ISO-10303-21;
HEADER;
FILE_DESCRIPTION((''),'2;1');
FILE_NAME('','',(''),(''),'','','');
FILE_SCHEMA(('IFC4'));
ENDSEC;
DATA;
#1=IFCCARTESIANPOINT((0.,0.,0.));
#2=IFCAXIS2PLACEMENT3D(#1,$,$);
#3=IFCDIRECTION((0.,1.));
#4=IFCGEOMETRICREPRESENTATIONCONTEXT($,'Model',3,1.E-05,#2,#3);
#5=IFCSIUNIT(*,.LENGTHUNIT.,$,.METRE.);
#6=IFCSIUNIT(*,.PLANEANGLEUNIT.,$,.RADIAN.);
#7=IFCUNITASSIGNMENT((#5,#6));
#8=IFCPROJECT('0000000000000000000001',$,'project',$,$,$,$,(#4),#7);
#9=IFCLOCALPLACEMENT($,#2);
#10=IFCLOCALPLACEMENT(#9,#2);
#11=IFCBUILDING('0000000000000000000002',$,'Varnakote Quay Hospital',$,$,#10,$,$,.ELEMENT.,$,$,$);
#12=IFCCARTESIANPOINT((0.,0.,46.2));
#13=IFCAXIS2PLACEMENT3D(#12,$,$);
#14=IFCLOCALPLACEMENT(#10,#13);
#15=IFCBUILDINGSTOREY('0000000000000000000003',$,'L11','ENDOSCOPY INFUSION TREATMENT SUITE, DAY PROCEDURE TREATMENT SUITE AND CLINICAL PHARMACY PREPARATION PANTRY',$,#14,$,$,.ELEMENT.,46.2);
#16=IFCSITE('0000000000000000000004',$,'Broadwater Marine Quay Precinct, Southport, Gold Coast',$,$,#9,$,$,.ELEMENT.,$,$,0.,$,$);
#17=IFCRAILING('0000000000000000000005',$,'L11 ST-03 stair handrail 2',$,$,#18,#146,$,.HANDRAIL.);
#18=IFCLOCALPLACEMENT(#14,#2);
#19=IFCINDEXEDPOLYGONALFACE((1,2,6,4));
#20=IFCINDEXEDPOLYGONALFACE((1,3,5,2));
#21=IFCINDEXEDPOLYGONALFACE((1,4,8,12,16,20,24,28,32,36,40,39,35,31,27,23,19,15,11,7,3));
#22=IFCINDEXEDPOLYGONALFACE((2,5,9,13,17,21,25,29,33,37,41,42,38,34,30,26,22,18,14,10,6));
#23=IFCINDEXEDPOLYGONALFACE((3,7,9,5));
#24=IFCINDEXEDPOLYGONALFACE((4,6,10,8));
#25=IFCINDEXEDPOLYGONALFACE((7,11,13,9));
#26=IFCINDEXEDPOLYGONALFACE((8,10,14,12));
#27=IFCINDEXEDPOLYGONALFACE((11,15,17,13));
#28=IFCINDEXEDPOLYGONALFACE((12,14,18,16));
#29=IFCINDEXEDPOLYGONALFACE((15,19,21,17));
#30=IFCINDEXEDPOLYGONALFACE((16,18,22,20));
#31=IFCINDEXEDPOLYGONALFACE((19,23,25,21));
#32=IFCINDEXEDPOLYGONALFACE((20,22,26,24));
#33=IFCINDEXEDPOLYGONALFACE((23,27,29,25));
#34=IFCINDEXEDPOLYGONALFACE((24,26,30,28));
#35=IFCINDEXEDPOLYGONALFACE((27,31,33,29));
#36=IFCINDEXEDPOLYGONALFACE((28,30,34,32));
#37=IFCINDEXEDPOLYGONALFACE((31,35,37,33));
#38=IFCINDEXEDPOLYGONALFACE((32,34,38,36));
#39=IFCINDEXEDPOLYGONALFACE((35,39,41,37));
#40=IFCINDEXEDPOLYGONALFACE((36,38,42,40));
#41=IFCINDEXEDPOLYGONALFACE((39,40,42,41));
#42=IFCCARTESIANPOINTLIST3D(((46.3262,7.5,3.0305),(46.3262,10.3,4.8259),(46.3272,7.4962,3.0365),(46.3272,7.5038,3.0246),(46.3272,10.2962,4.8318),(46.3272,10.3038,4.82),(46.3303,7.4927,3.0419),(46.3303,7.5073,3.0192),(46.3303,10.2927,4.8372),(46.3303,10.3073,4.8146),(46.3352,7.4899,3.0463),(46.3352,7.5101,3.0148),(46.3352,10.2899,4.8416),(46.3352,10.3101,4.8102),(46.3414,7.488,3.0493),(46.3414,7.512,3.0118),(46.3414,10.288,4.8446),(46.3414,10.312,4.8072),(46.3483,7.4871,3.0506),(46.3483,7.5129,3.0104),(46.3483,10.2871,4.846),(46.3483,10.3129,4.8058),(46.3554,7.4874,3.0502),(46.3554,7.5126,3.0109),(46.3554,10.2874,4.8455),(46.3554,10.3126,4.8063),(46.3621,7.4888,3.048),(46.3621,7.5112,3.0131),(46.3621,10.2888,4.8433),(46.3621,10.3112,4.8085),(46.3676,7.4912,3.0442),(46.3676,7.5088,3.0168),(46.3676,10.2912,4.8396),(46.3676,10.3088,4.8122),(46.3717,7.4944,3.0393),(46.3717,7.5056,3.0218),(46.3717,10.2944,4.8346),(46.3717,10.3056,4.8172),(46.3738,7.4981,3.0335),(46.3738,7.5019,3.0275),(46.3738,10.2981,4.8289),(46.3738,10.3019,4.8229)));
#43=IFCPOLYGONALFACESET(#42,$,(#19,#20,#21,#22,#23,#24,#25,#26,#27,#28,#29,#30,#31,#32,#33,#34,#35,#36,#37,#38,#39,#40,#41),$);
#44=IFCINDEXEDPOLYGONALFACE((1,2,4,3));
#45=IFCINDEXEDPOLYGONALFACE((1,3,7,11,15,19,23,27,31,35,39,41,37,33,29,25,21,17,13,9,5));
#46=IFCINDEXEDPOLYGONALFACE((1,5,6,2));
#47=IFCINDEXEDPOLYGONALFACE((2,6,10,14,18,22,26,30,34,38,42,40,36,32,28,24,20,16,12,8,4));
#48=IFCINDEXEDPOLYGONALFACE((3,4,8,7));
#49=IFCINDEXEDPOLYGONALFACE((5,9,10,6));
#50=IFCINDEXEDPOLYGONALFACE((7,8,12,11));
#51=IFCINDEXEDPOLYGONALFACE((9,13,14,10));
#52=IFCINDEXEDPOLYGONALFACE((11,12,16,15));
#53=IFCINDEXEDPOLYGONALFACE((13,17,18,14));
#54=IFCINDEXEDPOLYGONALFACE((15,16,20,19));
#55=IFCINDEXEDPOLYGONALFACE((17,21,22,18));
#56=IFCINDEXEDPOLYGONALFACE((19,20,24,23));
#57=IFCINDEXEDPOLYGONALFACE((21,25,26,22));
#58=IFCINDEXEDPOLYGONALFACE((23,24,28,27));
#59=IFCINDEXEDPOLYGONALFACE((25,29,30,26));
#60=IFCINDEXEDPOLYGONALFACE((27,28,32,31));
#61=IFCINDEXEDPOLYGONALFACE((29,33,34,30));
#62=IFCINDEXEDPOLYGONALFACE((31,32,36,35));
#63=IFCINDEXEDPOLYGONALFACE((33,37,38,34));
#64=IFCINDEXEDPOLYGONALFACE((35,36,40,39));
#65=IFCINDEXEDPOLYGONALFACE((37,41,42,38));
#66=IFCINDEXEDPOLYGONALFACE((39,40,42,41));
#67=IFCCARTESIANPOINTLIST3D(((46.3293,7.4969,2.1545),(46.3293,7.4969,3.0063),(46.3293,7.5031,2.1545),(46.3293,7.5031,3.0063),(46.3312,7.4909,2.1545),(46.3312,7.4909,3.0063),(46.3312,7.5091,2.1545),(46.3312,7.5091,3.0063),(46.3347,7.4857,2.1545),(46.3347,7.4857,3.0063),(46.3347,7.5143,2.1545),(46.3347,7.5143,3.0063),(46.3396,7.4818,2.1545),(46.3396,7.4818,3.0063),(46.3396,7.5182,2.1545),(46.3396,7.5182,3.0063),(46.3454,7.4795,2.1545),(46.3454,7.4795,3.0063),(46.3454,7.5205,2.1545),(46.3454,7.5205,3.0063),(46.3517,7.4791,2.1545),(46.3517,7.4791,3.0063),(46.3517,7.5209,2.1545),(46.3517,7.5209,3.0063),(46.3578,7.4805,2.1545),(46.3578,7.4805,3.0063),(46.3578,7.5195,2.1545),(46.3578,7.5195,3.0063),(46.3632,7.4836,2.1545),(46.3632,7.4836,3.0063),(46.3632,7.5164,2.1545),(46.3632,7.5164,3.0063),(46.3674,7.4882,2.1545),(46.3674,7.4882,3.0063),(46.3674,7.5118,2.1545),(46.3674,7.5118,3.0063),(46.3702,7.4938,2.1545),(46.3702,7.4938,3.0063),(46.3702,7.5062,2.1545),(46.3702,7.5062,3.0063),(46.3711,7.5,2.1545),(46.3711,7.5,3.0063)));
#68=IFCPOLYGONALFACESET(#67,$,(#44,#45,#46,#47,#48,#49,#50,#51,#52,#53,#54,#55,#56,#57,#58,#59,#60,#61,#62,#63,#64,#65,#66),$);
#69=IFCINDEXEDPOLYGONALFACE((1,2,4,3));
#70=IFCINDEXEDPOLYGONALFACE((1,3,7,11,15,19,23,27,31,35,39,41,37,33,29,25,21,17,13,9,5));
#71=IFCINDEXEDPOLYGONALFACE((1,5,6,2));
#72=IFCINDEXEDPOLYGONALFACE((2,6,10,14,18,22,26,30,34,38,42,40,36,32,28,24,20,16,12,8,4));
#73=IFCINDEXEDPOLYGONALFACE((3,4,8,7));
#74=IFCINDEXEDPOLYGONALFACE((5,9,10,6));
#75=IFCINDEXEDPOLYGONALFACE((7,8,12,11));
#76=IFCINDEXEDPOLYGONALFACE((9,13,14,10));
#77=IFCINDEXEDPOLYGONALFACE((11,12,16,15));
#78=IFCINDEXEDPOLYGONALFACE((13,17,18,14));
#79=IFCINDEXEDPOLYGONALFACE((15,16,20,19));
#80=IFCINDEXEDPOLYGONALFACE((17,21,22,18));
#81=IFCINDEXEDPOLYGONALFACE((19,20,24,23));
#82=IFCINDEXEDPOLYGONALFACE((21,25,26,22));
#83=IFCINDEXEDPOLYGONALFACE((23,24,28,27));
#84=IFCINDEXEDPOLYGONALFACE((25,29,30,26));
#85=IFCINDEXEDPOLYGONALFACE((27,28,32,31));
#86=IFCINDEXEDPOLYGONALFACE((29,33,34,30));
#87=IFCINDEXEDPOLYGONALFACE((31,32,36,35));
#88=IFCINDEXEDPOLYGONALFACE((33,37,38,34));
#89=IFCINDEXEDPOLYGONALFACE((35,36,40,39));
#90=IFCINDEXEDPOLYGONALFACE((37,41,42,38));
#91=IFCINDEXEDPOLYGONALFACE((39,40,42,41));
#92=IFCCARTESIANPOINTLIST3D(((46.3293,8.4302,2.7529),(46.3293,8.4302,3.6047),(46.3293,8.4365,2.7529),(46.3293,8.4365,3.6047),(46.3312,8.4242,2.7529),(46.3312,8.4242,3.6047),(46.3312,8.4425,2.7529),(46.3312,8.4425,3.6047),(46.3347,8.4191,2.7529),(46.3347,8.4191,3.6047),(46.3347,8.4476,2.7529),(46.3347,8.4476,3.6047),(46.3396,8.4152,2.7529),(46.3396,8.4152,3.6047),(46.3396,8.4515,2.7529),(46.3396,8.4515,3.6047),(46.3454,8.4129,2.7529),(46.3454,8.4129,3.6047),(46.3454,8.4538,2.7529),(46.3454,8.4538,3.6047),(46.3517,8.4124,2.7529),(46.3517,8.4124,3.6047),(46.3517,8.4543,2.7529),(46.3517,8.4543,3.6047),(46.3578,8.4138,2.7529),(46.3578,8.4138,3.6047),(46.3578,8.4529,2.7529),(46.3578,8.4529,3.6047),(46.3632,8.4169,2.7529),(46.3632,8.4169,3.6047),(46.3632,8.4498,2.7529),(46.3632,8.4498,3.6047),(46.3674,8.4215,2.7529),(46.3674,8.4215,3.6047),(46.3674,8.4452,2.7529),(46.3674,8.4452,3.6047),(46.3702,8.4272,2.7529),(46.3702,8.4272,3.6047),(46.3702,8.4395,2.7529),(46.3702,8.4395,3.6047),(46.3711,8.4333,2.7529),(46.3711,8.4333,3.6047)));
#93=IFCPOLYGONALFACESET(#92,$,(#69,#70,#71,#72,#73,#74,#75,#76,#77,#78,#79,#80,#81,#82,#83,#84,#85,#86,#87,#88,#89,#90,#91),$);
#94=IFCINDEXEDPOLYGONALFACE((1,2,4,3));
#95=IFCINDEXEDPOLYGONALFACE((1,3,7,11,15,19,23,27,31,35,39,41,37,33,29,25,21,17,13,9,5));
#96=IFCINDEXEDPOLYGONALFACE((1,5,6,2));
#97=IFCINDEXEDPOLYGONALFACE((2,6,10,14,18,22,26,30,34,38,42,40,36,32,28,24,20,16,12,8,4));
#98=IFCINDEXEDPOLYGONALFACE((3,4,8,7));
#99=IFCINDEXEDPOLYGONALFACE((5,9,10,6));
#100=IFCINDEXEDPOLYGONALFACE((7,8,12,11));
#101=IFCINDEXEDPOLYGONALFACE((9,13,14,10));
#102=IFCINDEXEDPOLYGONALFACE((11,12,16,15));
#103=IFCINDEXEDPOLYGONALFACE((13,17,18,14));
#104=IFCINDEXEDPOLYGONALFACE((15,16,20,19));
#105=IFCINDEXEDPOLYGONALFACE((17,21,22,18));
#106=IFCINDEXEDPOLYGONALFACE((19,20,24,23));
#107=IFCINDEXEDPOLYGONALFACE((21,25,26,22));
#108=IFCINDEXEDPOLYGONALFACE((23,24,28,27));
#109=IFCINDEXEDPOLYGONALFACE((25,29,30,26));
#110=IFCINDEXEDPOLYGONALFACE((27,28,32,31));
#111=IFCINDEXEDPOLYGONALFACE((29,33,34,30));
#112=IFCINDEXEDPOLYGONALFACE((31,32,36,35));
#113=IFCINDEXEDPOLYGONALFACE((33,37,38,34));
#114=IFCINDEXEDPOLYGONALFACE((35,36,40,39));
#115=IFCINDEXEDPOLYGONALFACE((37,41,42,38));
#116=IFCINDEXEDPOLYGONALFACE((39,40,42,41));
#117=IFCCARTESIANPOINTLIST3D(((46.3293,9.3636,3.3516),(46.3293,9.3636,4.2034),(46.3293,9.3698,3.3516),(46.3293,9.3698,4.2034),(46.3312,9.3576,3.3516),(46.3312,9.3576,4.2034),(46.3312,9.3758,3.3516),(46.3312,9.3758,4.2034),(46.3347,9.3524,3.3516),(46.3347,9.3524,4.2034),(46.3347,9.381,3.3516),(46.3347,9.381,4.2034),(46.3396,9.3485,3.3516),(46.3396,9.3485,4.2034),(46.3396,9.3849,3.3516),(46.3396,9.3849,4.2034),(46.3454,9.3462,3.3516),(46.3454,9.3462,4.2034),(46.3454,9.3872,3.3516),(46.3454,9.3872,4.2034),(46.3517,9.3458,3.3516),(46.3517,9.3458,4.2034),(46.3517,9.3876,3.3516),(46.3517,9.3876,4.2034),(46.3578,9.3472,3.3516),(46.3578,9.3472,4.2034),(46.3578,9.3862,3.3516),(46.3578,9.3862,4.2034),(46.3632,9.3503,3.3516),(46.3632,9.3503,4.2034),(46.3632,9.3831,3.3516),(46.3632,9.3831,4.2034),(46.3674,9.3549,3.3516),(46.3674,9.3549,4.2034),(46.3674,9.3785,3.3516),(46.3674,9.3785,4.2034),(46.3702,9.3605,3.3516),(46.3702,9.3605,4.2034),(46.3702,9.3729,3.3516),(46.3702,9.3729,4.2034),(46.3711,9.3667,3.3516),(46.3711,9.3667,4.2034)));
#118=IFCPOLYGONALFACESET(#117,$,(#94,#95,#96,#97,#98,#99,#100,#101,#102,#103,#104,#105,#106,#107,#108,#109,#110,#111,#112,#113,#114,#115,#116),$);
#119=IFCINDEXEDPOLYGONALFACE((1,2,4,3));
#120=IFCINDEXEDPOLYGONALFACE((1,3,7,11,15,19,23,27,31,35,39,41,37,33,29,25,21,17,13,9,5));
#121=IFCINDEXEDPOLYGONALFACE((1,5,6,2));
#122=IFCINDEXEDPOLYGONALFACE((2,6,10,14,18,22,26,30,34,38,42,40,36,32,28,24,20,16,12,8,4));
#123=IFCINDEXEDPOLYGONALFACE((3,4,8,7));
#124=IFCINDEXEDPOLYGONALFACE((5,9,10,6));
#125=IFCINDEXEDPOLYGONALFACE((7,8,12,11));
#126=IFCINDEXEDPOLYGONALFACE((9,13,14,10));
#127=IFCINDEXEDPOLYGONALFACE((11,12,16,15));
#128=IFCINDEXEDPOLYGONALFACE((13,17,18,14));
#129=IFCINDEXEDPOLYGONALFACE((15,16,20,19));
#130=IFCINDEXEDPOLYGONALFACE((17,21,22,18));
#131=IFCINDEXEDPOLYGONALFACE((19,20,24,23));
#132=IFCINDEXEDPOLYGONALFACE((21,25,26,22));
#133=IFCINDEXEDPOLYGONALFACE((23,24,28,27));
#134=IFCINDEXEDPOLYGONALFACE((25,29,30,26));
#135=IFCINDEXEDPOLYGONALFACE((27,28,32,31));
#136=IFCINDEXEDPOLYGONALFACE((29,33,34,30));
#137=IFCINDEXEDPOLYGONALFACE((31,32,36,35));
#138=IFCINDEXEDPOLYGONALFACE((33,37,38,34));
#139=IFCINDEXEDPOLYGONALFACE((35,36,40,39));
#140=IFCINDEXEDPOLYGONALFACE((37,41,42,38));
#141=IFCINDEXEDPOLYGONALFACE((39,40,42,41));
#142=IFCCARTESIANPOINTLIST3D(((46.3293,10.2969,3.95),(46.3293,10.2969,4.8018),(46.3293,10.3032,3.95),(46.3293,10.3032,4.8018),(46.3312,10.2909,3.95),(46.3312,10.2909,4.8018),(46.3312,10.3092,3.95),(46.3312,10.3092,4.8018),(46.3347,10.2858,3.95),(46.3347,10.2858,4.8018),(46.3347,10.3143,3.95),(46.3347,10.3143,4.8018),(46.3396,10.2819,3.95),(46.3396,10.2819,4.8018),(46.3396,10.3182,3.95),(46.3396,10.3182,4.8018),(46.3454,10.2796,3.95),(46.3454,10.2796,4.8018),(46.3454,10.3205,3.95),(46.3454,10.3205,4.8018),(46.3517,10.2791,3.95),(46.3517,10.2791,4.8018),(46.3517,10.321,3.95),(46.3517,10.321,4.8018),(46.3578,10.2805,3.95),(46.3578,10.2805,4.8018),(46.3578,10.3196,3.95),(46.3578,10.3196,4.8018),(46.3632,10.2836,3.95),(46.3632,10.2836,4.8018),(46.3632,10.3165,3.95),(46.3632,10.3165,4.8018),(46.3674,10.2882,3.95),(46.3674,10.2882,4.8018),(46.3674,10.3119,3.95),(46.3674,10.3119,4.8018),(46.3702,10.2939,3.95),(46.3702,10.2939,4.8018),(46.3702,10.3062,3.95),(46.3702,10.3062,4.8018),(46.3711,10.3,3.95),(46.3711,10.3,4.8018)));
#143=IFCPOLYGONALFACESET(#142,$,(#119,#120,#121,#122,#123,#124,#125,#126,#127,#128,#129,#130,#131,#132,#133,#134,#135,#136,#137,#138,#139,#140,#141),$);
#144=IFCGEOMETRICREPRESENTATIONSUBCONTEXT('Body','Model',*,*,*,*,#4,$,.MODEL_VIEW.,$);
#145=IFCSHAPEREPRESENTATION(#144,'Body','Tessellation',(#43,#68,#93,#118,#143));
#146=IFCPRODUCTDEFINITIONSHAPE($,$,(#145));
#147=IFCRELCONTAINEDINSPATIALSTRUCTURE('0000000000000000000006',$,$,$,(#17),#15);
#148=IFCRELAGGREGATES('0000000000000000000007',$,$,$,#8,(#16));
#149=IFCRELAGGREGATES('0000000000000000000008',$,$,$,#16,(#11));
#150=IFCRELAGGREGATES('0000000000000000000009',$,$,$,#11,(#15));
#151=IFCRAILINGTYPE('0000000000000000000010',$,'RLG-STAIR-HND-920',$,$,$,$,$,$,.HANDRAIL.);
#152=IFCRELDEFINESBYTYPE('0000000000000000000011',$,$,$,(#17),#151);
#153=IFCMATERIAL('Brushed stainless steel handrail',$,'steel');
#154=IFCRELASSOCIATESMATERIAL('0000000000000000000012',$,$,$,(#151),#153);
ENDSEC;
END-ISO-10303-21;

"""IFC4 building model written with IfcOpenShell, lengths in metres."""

from ifc_helpers import new_model, si_unit, direction, frame, origin, origin_2d, place, context, subcontext, project, spatial, circle, extrude, material, type_object, element, save


model = new_model("IFC4")

# Units and contexts
model_context = context("Model", 3, precision=1e-05, world=origin(), true_north=direction((0.0, 1.0)))
body_context = subcontext(model_context, "Body", "Model", "MODEL_VIEW")
ifc_project = project(units=[si_unit("LENGTHUNIT", "METRE"), si_unit("PLANEANGLEUNIT", "RADIAN")], contexts=[model_context])

# Site, building, storey
site_placement = place(None, origin())
site = spatial("IfcSite", under=ifc_project, at=site_placement, Name="Broadwater Marine Quay Precinct, Southport, Gold Coast", CompositionType="ELEMENT", RefElevation=0.0)
building_placement = place(site_placement, origin())
building = spatial("IfcBuilding", under=site, at=building_placement, Name="Varnakote Quay Hospital", CompositionType="ELEMENT")
storey_placement = place(building_placement, frame((0.0, 0.0, 46.2)))
storey = spatial("IfcBuildingStorey", under=building, at=storey_placement, Name="L11", Description="ENDOSCOPY INFUSION TREATMENT SUITE, DAY PROCEDURE TREATMENT SUITE AND CLINICAL PHARMACY PREPARATION PANTRY", CompositionType="ELEMENT", Elevation=46.2)

# Railing
ifc_material_1 = material(Name="Brushed stainless steel handrail", Category="steel")
railing_type_1 = type_object("IfcRailingType", Name="RLG-STAIR-HND-920", PredefinedType="HANDRAIL", material=ifc_material_1)
railing_1_placement = place(storey_placement, frame((46.3501, 7.5, 2.1545)))
element("IfcRailing", 1, at=railing_1_placement, inside=storey, type_object=railing_type_1, Name="L11 ST-03 stair handrail 2", PredefinedType="HANDRAIL", context=body_context, shape_type="SweptSolid", body=[
    extrude(circle(Radius=0.0239, at=origin_2d()), frame((0.0, 0.0, 0.876), z_axis=(0.0, 0.84181, 0.539774), x_axis=(-1.0, 0.0, 0.0)), (0.0, 0.0, 1.0), 3.3262),
    extrude(circle(Radius=0.021, at=origin_2d()), origin(), (0.0, 0.0, 1.0), 0.8518),
    extrude(circle(Radius=0.021, at=origin_2d()), frame((0.0, 0.9333, 0.5984)), (0.0, 0.0, 1.0), 0.8518),
    extrude(circle(Radius=0.021, at=origin_2d()), frame((0.0, 1.8667, 1.197)), (0.0, 0.0, 1.0), 0.8518),
    extrude(circle(Radius=0.021, at=origin_2d()), frame((0.0, 2.8, 1.7954)), (0.0, 0.0, 1.0), 0.8518),
])

save(model, "model.ifc")
